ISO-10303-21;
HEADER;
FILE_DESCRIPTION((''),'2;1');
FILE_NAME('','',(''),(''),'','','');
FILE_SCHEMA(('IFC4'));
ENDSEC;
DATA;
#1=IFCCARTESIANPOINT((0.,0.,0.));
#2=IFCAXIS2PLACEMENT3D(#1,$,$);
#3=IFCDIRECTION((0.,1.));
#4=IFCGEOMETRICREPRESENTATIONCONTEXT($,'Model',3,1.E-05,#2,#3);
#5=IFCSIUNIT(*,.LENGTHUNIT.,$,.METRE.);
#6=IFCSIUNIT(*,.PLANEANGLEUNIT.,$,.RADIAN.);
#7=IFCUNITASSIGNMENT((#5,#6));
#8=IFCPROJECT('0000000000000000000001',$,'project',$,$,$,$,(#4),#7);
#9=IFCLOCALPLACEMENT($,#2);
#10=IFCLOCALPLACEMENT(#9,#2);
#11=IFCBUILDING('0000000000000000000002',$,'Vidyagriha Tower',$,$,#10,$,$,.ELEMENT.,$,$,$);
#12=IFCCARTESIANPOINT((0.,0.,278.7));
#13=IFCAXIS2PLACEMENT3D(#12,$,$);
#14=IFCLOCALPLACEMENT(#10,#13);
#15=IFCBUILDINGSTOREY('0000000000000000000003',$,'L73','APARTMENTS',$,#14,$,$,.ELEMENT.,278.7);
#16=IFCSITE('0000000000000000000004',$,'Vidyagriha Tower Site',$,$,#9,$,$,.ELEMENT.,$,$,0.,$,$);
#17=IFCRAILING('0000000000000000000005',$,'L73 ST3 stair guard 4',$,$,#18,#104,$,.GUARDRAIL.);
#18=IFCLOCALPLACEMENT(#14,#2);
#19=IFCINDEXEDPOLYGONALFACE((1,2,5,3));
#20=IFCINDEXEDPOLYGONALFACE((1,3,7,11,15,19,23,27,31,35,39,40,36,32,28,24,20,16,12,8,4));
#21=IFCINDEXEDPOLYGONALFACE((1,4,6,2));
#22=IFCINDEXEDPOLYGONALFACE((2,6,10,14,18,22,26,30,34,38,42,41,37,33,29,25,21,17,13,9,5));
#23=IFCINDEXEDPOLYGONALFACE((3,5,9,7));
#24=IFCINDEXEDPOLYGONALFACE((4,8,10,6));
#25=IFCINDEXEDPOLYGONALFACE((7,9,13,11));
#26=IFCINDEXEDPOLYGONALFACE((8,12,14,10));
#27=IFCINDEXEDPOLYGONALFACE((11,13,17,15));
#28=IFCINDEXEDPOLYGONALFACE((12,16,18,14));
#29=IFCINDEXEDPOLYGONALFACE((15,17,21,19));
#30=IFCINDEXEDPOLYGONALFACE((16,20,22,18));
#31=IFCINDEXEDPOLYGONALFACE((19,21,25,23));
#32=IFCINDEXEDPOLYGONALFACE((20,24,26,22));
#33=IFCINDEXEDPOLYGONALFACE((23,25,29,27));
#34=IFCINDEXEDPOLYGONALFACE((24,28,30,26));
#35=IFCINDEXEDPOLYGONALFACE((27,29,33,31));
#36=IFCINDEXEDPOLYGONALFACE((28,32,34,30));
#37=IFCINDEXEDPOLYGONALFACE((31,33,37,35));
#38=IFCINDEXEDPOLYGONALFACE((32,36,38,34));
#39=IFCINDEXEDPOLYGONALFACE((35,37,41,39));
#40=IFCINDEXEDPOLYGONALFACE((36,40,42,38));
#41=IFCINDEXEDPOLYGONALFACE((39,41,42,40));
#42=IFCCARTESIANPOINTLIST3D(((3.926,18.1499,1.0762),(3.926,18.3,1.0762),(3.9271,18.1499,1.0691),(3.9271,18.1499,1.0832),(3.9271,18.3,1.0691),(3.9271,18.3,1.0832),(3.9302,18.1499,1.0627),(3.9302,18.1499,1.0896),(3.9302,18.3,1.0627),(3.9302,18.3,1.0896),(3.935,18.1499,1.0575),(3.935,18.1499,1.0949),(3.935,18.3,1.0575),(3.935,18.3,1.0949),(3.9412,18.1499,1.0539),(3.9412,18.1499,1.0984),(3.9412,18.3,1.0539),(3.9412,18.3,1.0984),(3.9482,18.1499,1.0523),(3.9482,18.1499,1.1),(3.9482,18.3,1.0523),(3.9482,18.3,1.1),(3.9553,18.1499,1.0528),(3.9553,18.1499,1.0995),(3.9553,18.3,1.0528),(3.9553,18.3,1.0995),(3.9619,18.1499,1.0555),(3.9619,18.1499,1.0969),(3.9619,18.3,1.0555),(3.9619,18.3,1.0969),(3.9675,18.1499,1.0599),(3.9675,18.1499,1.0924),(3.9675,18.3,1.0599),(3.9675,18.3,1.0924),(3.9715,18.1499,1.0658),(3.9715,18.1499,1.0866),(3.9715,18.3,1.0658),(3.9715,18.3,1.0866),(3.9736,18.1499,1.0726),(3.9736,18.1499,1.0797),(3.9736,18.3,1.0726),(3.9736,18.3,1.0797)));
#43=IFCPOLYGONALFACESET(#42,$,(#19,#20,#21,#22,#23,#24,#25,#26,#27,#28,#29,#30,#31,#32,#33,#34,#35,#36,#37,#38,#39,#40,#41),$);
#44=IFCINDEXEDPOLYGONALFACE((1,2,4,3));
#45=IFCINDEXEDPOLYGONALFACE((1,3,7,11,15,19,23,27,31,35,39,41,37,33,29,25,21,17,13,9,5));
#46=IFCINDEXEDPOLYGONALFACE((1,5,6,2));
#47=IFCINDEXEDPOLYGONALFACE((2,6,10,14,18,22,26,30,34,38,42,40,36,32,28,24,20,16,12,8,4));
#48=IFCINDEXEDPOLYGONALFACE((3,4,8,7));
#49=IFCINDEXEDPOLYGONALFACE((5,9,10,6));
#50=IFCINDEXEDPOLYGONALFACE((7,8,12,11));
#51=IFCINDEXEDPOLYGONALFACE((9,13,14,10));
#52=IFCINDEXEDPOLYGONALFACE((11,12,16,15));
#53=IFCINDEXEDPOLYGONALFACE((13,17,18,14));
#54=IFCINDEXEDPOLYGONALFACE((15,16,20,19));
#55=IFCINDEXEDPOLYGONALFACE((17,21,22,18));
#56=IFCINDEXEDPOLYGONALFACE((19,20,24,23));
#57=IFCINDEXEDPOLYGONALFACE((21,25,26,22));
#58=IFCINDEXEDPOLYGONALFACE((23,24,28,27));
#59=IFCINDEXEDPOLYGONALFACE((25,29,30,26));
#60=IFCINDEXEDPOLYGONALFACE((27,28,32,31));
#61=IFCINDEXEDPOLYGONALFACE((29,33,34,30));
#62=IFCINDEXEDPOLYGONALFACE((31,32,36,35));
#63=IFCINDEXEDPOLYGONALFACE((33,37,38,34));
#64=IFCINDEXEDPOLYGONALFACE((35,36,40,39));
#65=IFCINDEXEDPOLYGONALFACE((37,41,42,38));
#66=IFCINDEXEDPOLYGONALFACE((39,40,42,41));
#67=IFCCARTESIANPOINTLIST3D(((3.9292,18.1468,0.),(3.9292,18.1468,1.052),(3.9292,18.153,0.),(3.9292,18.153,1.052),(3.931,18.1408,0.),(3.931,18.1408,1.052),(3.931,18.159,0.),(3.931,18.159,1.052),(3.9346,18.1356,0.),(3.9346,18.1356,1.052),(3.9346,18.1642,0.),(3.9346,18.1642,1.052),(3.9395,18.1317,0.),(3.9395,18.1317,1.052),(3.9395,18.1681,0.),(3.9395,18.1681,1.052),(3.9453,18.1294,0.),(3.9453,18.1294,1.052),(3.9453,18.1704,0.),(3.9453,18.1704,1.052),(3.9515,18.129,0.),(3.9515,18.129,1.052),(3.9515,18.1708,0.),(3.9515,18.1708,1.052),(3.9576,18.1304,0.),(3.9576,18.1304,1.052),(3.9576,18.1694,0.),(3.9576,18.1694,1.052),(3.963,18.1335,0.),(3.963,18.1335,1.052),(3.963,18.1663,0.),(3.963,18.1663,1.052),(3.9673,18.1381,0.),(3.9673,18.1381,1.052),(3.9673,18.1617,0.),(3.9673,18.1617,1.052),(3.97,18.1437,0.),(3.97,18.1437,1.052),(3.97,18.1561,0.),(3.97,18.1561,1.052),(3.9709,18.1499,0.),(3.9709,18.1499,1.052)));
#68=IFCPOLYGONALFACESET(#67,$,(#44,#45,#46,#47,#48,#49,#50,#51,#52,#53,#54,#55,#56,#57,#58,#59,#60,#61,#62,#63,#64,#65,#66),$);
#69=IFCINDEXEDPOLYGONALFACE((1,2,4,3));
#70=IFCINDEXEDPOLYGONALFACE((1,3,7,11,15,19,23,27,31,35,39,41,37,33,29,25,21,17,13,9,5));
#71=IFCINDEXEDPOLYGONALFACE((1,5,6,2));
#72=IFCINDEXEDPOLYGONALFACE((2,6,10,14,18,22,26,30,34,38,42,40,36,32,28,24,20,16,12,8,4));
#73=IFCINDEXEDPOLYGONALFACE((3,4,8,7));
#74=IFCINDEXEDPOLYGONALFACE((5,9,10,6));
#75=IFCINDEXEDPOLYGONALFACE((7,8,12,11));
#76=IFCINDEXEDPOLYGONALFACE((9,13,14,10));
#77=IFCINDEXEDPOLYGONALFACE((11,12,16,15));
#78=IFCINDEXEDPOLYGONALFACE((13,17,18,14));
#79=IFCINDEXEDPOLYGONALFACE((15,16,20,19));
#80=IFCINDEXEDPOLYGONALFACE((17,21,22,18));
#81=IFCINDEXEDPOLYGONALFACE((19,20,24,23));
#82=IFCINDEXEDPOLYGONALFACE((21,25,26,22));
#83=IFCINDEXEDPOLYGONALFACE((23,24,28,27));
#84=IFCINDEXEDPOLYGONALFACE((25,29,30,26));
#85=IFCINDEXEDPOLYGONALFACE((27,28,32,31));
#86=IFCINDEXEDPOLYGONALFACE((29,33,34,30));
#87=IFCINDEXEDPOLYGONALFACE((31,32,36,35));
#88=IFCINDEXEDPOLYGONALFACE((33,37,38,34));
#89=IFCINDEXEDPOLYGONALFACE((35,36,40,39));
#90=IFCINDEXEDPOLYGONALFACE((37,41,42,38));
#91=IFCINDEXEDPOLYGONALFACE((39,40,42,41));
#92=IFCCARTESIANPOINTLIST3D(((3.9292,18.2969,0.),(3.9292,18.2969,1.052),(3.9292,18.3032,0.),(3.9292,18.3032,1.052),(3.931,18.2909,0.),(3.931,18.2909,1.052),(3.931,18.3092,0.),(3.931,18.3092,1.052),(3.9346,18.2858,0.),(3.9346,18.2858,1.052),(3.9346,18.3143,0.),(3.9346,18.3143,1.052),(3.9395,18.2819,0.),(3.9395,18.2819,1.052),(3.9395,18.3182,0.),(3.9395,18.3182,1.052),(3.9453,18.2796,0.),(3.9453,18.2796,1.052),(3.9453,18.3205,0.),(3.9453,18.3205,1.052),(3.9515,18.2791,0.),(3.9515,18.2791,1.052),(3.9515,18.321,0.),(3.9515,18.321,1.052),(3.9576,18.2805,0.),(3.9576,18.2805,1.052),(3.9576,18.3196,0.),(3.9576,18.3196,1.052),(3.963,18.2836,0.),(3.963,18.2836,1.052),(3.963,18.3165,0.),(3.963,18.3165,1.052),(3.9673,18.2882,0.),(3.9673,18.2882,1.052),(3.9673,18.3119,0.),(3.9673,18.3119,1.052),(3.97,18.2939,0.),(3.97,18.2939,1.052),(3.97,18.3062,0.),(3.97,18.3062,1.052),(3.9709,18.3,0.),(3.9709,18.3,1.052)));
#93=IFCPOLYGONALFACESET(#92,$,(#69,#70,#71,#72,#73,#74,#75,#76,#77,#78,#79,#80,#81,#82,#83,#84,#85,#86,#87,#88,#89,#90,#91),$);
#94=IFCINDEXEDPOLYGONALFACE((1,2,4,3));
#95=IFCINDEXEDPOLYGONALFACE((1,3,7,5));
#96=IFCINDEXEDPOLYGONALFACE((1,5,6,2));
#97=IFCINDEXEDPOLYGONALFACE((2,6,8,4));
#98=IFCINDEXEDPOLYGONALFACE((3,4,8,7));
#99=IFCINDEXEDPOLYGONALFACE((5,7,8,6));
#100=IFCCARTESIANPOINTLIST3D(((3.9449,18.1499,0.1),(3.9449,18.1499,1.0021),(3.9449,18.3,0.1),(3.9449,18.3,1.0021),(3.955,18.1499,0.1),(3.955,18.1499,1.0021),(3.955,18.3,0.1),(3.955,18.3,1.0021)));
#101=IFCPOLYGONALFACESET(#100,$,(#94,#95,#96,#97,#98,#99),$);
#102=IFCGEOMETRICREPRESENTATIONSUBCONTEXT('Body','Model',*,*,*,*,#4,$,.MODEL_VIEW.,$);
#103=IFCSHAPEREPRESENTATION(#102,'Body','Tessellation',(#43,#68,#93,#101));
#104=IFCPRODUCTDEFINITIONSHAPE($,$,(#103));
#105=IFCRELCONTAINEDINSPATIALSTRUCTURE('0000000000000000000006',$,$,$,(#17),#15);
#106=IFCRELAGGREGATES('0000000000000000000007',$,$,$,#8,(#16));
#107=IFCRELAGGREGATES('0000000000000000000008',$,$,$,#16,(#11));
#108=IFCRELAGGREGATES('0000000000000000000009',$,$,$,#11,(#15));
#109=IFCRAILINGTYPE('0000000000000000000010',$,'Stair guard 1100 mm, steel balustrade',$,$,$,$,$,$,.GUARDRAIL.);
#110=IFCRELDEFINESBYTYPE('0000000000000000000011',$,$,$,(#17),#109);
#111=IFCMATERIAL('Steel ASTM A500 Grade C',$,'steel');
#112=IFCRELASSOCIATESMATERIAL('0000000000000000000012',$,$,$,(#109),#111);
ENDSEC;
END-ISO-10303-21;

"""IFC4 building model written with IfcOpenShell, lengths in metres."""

from ifc_helpers import new_model, si_unit, direction, frame, origin, origin_2d, place, context, subcontext, project, spatial, rectangle, circle, extrude, material, type_object, element, save


model = new_model("IFC4")

# Units and contexts
model_context = context("Model", 3, precision=1e-05, world=origin(), true_north=direction((0.0, 1.0)))
body_context = subcontext(model_context, "Body", "Model", "MODEL_VIEW")
ifc_project = project(units=[si_unit("LENGTHUNIT", "METRE"), si_unit("PLANEANGLEUNIT", "RADIAN")], contexts=[model_context])

# Site, building, storey
site_placement = place(None, origin())
site = spatial("IfcSite", under=ifc_project, at=site_placement, Name="Vidyagriha Tower Site", CompositionType="ELEMENT", RefElevation=0.0)
building_placement = place(site_placement, origin())
building = spatial("IfcBuilding", under=site, at=building_placement, Name="Vidyagriha Tower", CompositionType="ELEMENT")
storey_placement = place(building_placement, frame((0.0, 0.0, 278.7)))
storey = spatial("IfcBuildingStorey", under=building, at=storey_placement, Name="L73", Description="APARTMENTS", CompositionType="ELEMENT", Elevation=278.7)

# Railing
ifc_material_1 = material(Name="Steel ASTM A500 Grade C", Category="steel")
railing_type_1 = type_object("IfcRailingType", Name="Stair guard 1100 mm, steel balustrade", PredefinedType="GUARDRAIL", material=ifc_material_1)
railing_1_placement = place(storey_placement, frame((3.95, 18.1499, 0.0)))
element("IfcRailing", 1, at=railing_1_placement, inside=storey, type_object=railing_type_1, Name="L73 ST3 stair guard 4", PredefinedType="GUARDRAIL", context=body_context, shape_type="SweptSolid", body=[
    extrude(circle(Radius=0.0239, at=origin_2d()), frame((0.0, 0.0, 1.0762), z_axis=(0.0, 1.0, 0.0), x_axis=(-1.0, 0.0, 0.0)), (0.0, 0.0, 1.0), 0.1501),
    extrude(circle(Radius=0.021, at=origin_2d()), origin(), (0.0, 0.0, 1.0), 1.052),
    extrude(circle(Radius=0.021, at=origin_2d()), frame((0.0, 0.1501, 0.0)), (0.0, 0.0, 1.0), 1.052),
    extrude(rectangle(XDim=0.01, YDim=0.9021, at=origin_2d()), frame((0.0, 0.0, 0.551), z_axis=(0.0, 1.0, 0.0), x_axis=(-1.0, 0.0, 0.0)), (0.0, 0.0, 1.0), 0.1501),
])

save(model, "model.ifc")
